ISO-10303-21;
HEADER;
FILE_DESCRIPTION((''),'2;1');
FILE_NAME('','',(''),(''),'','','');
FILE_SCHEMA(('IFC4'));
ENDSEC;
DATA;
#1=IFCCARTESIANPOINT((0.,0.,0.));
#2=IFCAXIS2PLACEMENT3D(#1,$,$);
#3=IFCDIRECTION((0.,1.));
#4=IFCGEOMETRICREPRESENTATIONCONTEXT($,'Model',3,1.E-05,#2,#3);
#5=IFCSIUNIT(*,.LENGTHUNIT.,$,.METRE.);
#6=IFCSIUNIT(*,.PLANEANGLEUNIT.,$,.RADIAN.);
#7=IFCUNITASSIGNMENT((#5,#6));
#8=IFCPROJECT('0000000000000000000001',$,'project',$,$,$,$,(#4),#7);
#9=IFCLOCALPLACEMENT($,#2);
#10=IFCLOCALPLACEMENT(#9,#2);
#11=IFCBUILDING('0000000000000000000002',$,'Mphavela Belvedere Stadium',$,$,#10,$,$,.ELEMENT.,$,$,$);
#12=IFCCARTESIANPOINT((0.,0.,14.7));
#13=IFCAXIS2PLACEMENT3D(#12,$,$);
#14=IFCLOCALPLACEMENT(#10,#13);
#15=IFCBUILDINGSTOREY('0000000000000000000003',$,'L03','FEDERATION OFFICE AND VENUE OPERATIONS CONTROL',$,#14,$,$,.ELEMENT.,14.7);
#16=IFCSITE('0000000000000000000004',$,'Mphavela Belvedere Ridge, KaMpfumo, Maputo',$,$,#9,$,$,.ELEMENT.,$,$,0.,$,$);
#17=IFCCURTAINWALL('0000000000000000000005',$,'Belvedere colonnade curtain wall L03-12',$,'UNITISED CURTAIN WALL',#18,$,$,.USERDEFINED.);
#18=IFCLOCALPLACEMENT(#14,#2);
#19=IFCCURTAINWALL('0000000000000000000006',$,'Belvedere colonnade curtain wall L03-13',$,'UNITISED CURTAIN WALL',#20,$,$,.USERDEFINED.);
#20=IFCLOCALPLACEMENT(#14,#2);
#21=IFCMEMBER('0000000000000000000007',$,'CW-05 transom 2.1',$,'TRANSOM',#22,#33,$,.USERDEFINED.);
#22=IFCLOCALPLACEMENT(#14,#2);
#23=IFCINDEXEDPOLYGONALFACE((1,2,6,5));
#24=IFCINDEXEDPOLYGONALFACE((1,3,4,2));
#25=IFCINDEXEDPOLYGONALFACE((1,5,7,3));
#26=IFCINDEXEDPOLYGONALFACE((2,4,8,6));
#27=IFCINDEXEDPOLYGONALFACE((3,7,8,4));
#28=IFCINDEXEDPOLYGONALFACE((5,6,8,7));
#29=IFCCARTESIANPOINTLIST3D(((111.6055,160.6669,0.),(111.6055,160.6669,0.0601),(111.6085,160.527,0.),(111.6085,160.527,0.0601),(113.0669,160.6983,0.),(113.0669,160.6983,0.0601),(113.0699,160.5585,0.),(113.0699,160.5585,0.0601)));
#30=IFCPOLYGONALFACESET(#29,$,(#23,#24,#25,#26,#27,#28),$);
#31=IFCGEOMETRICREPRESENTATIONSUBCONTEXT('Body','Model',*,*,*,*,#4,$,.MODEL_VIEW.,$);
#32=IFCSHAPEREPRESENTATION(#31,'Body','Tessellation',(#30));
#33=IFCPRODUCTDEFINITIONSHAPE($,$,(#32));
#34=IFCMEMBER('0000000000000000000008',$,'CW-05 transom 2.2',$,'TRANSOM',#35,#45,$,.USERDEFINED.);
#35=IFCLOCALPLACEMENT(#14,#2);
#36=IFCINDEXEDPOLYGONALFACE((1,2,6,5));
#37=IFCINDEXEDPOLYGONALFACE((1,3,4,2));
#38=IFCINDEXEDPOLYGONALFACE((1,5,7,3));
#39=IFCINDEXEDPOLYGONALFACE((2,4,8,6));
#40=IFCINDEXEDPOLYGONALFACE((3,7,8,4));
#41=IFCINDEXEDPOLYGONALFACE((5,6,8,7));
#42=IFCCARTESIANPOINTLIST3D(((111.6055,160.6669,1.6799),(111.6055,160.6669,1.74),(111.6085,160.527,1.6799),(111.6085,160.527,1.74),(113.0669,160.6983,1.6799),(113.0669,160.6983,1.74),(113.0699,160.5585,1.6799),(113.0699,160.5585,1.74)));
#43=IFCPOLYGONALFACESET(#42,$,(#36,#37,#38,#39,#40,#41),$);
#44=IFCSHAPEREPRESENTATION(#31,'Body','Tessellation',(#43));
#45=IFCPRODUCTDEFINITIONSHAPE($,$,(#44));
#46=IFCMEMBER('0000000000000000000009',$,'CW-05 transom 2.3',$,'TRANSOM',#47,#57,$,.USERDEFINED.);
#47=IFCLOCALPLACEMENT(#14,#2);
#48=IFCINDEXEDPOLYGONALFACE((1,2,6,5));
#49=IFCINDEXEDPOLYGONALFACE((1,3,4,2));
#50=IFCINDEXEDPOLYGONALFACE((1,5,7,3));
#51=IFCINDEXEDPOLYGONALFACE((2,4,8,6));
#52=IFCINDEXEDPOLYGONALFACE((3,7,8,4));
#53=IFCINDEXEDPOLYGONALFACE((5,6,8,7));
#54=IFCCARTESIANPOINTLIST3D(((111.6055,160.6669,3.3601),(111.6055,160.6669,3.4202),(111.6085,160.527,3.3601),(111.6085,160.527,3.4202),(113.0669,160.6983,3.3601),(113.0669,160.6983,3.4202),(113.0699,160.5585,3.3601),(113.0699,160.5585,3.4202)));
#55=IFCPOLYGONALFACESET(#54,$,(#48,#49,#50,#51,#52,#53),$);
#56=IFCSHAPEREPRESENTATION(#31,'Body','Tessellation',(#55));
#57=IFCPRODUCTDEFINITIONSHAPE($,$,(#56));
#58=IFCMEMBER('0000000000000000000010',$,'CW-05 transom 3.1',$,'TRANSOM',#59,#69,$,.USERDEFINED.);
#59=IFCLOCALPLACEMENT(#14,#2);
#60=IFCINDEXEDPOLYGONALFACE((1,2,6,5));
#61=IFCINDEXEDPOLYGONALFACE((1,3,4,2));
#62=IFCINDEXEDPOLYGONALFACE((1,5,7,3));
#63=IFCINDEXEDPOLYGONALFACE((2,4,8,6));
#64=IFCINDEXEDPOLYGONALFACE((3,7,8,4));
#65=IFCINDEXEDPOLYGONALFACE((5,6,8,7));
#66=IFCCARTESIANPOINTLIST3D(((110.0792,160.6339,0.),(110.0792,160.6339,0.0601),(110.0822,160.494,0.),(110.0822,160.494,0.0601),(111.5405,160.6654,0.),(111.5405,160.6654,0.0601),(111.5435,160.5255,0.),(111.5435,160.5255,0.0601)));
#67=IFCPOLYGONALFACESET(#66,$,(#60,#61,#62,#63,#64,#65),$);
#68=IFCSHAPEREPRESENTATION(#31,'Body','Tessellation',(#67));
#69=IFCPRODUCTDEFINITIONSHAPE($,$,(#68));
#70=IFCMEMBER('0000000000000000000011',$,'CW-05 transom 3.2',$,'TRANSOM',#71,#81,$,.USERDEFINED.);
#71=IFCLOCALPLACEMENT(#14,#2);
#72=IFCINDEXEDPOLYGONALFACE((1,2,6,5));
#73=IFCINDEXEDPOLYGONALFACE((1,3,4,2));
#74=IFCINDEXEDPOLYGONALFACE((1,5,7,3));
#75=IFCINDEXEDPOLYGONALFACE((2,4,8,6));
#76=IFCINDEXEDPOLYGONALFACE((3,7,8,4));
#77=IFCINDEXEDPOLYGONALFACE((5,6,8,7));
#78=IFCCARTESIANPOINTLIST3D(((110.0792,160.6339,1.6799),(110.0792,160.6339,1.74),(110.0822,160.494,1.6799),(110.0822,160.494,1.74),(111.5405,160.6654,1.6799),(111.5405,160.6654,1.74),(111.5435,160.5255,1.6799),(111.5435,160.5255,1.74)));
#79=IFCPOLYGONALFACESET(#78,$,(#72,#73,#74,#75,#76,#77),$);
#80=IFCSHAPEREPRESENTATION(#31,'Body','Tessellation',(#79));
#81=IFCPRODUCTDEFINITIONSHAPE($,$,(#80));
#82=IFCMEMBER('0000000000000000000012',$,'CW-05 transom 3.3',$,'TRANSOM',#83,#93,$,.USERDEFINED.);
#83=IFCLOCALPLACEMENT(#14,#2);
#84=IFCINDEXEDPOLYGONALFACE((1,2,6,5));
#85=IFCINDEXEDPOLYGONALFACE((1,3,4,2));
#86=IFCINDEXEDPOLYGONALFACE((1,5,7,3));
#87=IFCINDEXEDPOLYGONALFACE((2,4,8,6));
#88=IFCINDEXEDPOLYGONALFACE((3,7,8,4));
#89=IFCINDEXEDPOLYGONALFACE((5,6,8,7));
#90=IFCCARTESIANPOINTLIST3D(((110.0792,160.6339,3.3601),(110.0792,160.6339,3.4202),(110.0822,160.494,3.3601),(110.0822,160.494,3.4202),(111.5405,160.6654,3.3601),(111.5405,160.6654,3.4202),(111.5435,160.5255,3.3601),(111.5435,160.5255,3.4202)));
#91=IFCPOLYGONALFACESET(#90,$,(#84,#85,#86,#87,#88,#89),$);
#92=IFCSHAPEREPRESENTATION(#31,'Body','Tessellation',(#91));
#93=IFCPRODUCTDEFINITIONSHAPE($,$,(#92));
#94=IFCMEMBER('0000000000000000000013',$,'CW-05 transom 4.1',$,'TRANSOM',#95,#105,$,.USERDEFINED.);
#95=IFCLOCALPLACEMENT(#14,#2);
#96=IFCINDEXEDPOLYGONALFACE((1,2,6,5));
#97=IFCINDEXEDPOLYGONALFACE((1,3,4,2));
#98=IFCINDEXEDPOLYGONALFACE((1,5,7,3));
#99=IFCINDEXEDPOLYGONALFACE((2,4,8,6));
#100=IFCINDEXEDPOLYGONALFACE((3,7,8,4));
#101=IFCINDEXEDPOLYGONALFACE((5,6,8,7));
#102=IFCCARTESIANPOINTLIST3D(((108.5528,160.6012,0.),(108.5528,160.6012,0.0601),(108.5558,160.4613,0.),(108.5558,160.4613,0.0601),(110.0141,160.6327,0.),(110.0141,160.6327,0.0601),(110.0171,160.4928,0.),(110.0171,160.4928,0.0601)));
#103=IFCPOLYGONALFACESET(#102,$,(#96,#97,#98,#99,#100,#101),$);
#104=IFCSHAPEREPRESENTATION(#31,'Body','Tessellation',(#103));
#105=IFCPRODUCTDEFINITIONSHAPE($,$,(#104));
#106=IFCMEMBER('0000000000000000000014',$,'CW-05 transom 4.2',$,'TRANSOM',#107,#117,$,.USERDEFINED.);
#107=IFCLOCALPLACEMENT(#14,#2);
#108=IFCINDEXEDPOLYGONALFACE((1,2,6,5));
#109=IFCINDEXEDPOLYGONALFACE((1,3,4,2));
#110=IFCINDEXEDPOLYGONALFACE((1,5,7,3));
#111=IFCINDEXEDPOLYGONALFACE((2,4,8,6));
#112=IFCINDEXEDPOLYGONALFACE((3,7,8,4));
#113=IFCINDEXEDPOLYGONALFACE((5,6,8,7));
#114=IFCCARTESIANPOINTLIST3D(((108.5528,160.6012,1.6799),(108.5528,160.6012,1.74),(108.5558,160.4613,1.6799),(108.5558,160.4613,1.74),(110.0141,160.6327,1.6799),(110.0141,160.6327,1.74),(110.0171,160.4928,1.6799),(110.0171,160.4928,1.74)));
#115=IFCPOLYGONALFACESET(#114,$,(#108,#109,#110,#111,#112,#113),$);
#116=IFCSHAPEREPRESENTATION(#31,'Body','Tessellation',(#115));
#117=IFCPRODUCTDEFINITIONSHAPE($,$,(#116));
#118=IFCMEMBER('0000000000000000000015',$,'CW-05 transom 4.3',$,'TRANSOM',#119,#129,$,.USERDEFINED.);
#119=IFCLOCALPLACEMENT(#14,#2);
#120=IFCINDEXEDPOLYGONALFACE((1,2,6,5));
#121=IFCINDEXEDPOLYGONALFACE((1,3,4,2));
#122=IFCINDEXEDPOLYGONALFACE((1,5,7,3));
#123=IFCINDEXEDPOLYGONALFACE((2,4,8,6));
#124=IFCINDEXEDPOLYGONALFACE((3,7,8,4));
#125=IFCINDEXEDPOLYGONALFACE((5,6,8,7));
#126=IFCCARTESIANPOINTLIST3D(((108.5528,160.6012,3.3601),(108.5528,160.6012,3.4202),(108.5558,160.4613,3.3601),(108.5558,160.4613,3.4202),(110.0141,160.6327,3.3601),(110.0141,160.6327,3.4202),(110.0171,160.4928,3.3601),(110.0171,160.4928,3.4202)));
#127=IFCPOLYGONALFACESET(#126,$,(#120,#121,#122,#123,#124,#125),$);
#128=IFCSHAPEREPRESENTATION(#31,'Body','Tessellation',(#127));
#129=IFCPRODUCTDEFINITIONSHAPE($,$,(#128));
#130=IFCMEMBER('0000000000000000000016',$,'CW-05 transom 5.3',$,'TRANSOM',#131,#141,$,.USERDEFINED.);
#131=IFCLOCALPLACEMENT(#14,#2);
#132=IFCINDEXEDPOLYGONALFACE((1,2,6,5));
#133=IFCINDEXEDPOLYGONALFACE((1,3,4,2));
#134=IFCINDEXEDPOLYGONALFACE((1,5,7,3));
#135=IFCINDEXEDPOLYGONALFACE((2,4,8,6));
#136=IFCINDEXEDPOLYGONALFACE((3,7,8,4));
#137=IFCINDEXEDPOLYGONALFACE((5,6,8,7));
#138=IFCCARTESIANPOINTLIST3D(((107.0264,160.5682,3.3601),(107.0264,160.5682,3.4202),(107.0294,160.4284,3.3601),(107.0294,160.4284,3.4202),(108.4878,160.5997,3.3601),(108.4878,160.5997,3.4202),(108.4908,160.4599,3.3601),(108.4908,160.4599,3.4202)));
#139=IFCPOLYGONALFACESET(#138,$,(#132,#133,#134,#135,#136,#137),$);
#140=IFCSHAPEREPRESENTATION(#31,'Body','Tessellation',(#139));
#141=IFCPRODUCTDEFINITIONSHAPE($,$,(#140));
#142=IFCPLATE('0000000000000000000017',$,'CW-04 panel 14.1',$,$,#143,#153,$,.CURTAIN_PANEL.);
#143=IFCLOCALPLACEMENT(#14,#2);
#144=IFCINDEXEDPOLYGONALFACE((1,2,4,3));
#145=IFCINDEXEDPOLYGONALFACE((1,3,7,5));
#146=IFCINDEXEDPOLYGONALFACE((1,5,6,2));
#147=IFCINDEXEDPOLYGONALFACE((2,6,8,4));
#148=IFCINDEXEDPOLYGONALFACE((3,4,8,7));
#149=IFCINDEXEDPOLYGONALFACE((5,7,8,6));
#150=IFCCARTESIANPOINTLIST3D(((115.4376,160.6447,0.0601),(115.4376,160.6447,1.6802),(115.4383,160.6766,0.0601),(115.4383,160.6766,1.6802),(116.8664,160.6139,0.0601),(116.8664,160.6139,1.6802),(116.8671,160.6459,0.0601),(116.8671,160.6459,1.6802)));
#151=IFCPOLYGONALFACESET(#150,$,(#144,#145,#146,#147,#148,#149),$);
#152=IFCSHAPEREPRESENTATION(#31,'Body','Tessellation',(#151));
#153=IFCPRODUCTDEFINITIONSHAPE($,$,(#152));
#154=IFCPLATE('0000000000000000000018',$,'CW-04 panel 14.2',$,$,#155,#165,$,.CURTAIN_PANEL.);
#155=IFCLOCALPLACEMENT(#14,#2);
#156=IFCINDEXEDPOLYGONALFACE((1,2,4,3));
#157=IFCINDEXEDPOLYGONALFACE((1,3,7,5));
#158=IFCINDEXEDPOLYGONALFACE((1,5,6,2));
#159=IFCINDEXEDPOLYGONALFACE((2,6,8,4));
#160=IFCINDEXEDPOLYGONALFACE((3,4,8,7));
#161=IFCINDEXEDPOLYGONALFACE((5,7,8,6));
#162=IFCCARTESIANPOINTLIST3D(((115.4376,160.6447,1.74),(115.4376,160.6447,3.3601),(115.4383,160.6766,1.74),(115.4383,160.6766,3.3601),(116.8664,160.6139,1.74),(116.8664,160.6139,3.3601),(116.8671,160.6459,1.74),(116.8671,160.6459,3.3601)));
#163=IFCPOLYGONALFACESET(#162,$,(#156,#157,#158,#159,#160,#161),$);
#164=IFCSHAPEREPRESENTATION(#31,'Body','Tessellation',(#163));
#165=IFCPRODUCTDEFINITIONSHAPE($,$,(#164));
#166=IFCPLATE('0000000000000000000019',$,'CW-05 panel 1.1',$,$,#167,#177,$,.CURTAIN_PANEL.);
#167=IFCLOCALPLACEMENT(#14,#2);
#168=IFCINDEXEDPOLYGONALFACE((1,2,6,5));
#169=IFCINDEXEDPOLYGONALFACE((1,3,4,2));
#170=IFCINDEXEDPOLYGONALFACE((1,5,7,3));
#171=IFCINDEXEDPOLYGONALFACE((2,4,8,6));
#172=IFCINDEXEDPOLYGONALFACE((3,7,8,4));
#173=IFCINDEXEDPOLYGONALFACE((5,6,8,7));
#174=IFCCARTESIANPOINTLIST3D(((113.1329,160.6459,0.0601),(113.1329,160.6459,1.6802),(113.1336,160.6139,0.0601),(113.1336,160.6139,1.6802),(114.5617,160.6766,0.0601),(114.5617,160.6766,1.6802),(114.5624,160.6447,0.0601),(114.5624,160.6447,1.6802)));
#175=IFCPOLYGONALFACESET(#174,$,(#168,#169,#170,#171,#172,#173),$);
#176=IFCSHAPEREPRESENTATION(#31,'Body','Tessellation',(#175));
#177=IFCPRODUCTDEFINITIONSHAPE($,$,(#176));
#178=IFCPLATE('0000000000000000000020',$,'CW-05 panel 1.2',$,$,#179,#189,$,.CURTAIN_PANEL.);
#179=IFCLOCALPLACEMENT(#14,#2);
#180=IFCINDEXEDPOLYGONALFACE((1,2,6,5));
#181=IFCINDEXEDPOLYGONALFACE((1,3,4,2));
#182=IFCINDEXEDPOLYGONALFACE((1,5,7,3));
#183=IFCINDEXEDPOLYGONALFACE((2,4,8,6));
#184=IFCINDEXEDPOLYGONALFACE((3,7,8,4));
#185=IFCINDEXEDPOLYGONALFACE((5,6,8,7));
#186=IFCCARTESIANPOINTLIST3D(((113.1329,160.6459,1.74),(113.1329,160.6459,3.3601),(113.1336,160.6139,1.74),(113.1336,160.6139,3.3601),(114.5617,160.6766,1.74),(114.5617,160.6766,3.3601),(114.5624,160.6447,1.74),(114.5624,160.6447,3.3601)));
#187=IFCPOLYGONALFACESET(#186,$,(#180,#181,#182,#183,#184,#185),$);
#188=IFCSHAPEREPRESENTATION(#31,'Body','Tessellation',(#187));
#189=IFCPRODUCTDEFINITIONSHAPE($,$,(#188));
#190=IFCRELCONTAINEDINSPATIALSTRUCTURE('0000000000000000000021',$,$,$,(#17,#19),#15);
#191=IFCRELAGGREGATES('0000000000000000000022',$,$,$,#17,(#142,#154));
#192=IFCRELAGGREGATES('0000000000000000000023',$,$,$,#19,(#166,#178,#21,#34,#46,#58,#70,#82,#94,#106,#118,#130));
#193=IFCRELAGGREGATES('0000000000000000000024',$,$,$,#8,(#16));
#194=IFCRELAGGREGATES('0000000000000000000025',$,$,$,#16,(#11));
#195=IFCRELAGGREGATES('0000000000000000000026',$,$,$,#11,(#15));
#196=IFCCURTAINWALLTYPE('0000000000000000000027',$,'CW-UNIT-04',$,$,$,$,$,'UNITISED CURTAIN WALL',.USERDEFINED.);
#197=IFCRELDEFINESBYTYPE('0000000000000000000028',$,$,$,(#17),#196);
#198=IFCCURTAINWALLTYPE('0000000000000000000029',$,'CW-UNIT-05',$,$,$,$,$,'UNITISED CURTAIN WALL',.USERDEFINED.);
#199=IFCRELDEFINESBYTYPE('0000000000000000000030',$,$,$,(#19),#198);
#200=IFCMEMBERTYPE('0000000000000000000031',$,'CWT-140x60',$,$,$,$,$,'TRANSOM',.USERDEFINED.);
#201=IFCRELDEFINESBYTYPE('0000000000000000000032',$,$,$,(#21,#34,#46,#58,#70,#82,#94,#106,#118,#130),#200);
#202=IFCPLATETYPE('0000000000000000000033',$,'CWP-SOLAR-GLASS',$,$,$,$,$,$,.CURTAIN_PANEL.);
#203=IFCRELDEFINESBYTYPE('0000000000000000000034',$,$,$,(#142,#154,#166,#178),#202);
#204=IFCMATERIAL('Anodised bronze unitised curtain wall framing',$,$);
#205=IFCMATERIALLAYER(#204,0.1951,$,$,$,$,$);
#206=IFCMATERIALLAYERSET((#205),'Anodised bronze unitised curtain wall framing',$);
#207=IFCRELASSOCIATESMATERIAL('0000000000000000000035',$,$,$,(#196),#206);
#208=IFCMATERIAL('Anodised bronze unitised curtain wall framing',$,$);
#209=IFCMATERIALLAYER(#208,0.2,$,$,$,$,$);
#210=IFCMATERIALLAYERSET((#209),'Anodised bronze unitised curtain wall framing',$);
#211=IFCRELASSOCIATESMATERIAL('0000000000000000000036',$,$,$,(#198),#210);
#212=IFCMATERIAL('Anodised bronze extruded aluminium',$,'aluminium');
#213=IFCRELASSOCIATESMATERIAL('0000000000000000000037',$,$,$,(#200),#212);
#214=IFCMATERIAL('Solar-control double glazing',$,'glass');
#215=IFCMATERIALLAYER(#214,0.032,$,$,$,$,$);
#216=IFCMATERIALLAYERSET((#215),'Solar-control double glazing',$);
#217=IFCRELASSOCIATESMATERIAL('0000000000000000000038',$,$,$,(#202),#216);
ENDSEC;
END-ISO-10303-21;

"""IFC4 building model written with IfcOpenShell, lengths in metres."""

from ifc_helpers import new_model, si_unit, direction, frame, origin, origin_2d, place, context, subcontext, project, spatial, rectangle, extrude, material, layer, layer_set, material_profile, profile_set, type_object, element, aggregate, save


model = new_model("IFC4")

# Units and contexts
model_context = context("Model", 3, precision=1e-05, world=origin(), true_north=direction((0.0, 1.0)))
body_context = subcontext(model_context, "Body", "Model", "MODEL_VIEW")
ifc_project = project(units=[si_unit("LENGTHUNIT", "METRE"), si_unit("PLANEANGLEUNIT", "RADIAN")], contexts=[model_context])

# Site, building, storey
site_placement = place(None, origin())
site = spatial("IfcSite", under=ifc_project, at=site_placement, Name="Mphavela Belvedere Ridge, KaMpfumo, Maputo", CompositionType="ELEMENT", RefElevation=0.0)
building_placement = place(site_placement, origin())
building = spatial("IfcBuilding", under=site, at=building_placement, Name="Mphavela Belvedere Stadium", CompositionType="ELEMENT")
storey_placement = place(building_placement, frame((0.0, 0.0, 14.7)))
storey = spatial("IfcBuildingStorey", under=building, at=storey_placement, Name="L03", Description="FEDERATION OFFICE AND VENUE OPERATIONS CONTROL", CompositionType="ELEMENT", Elevation=14.7)

# Curtain wall
ifc_material_1 = material(Name="Anodised bronze unitised curtain wall framing")
ifc_layer_1 = layer(ifc_material_1, 0.1951)
ifc_layer_set_1 = layer_set([ifc_layer_1], Name="Anodised bronze unitised curtain wall framing")
curtain_wall_type_1 = type_object("IfcCurtainWallType", Name="CW-UNIT-04", ElementType="UNITISED CURTAIN WALL", PredefinedType="USERDEFINED", material=ifc_layer_set_1)
curtain_wall_1_placement = place(storey_placement, origin())
curtain_wall_1 = element("IfcCurtainWall", 1, at=curtain_wall_1_placement, inside=storey, type_object=curtain_wall_type_1, Name="Belvedere colonnade curtain wall L03-12", ObjectType="UNITISED CURTAIN WALL", PredefinedType="USERDEFINED")

# Curtain wall, members
ifc_material_2 = material(Name="Anodised bronze unitised curtain wall framing")
ifc_layer_2 = layer(ifc_material_2, 0.2)
ifc_layer_set_2 = layer_set([ifc_layer_2], Name="Anodised bronze unitised curtain wall framing")
curtain_wall_type_2 = type_object("IfcCurtainWallType", Name="CW-UNIT-05", ElementType="UNITISED CURTAIN WALL", PredefinedType="USERDEFINED", material=ifc_layer_set_2)
curtain_wall_2_placement = place(storey_placement, origin())
curtain_wall_2 = element("IfcCurtainWall", 2, at=curtain_wall_2_placement, inside=storey, type_object=curtain_wall_type_2, Name="Belvedere colonnade curtain wall L03-13", ObjectType="UNITISED CURTAIN WALL", PredefinedType="USERDEFINED")
ifc_material_3 = material(Name="Anodised bronze extruded aluminium", Category="aluminium")
ifc_material_profile_1 = material_profile(ifc_material_3, rectangle(XDim=0.1399, YDim=0.0601, at=origin_2d()), Name="CW-TRN 140x60")
ifc_profile_set_1 = profile_set([ifc_material_profile_1], Name="Anodised bronze extruded aluminium")
member_type_1 = type_object("IfcMemberType", Name="CWT-140x60", ElementType="TRANSOM", PredefinedType="USERDEFINED", material=ifc_profile_set_1)
member_1_placement = place(storey_placement, frame((113.0684, 160.6284, 0.03), z_axis=(-0.999768, -0.021545, 0.0), x_axis=(0.021545, -0.999768, 0.0)))
member_1 = element("IfcMember", 3, at=member_1_placement, type_object=member_type_1, Name="CW-05 transom 2.1", ObjectType="TRANSOM", PredefinedType="USERDEFINED", context=body_context, shape_type="SweptSolid", body=[
    extrude(rectangle(XDim=0.1399, YDim=0.0601, at=origin_2d()), origin(), (0.0, 0.0, 1.0), 1.4617),
])
member_2_placement = place(storey_placement, frame((113.0684, 160.6284, 1.71), z_axis=(-0.999768, -0.021545, 0.0), x_axis=(0.021545, -0.999768, 0.0)))
member_2 = element("IfcMember", 4, at=member_2_placement, type_object=member_type_1, Name="CW-05 transom 2.2", ObjectType="TRANSOM", PredefinedType="USERDEFINED", context=body_context, shape_type="SweptSolid", body=[
    extrude(rectangle(XDim=0.1399, YDim=0.0601, at=origin_2d()), origin(), (0.0, 0.0, 1.0), 1.4617),
])
member_3_placement = place(storey_placement, frame((113.0684, 160.6284, 3.3901), z_axis=(-0.999768, -0.021545, 0.0), x_axis=(0.021545, -0.999768, 0.0)))
member_3 = element("IfcMember", 5, at=member_3_placement, type_object=member_type_1, Name="CW-05 transom 2.3", ObjectType="TRANSOM", PredefinedType="USERDEFINED", context=body_context, shape_type="SweptSolid", body=[
    extrude(rectangle(XDim=0.1399, YDim=0.0601, at=origin_2d()), origin(), (0.0, 0.0, 1.0), 1.4617),
])
member_4_placement = place(storey_placement, frame((111.542, 160.5955, 0.03), z_axis=(-0.999768, -0.021545, 0.0), x_axis=(0.021545, -0.999768, 0.0)))
member_4 = element("IfcMember", 6, at=member_4_placement, type_object=member_type_1, Name="CW-05 transom 3.1", ObjectType="TRANSOM", PredefinedType="USERDEFINED", context=body_context, shape_type="SweptSolid", body=[
    extrude(rectangle(XDim=0.1399, YDim=0.0601, at=origin_2d()), origin(), (0.0, 0.0, 1.0), 1.4617),
])
member_5_placement = place(storey_placement, frame((111.542, 160.5955, 1.71), z_axis=(-0.999768, -0.021545, 0.0), x_axis=(0.021545, -0.999768, 0.0)))
member_5 = element("IfcMember", 7, at=member_5_placement, type_object=member_type_1, Name="CW-05 transom 3.2", ObjectType="TRANSOM", PredefinedType="USERDEFINED", context=body_context, shape_type="SweptSolid", body=[
    extrude(rectangle(XDim=0.1399, YDim=0.0601, at=origin_2d()), origin(), (0.0, 0.0, 1.0), 1.4617),
])
member_6_placement = place(storey_placement, frame((111.542, 160.5955, 3.3901), z_axis=(-0.999768, -0.021545, 0.0), x_axis=(0.021545, -0.999768, 0.0)))
member_6 = element("IfcMember", 8, at=member_6_placement, type_object=member_type_1, Name="CW-05 transom 3.3", ObjectType="TRANSOM", PredefinedType="USERDEFINED", context=body_context, shape_type="SweptSolid", body=[
    extrude(rectangle(XDim=0.1399, YDim=0.0601, at=origin_2d()), origin(), (0.0, 0.0, 1.0), 1.4617),
])
member_7_placement = place(storey_placement, frame((110.0156, 160.5627, 0.03), z_axis=(-0.999768, -0.021545, 0.0), x_axis=(0.021545, -0.999768, 0.0)))
member_7 = element("IfcMember", 9, at=member_7_placement, type_object=member_type_1, Name="CW-05 transom 4.1", ObjectType="TRANSOM", PredefinedType="USERDEFINED", context=body_context, shape_type="SweptSolid", body=[
    extrude(rectangle(XDim=0.1399, YDim=0.0601, at=origin_2d()), origin(), (0.0, 0.0, 1.0), 1.4617),
])
member_8_placement = place(storey_placement, frame((110.0156, 160.5627, 1.71), z_axis=(-0.999768, -0.021545, 0.0), x_axis=(0.021545, -0.999768, 0.0)))
member_8 = element("IfcMember", 10, at=member_8_placement, type_object=member_type_1, Name="CW-05 transom 4.2", ObjectType="TRANSOM", PredefinedType="USERDEFINED", context=body_context, shape_type="SweptSolid", body=[
    extrude(rectangle(XDim=0.1399, YDim=0.0601, at=origin_2d()), origin(), (0.0, 0.0, 1.0), 1.4617),
])
member_9_placement = place(storey_placement, frame((110.0156, 160.5627, 3.3901), z_axis=(-0.999768, -0.021545, 0.0), x_axis=(0.021545, -0.999768, 0.0)))
member_9 = element("IfcMember", 11, at=member_9_placement, type_object=member_type_1, Name="CW-05 transom 4.3", ObjectType="TRANSOM", PredefinedType="USERDEFINED", context=body_context, shape_type="SweptSolid", body=[
    extrude(rectangle(XDim=0.1399, YDim=0.0601, at=origin_2d()), origin(), (0.0, 0.0, 1.0), 1.4617),
])
member_10_placement = place(storey_placement, frame((108.4893, 160.5298, 3.3901), z_axis=(-0.999768, -0.021545, 0.0), x_axis=(0.021545, -0.999768, 0.0)))
member_10 = element("IfcMember", 12, at=member_10_placement, type_object=member_type_1, Name="CW-05 transom 5.3", ObjectType="TRANSOM", PredefinedType="USERDEFINED", context=body_context, shape_type="SweptSolid", body=[
    extrude(rectangle(XDim=0.1399, YDim=0.0601, at=origin_2d()), origin(), (0.0, 0.0, 1.0), 1.4617),
])

# Plates
ifc_material_4 = material(Name="Solar-control double glazing", Category="glass")
ifc_layer_3 = layer(ifc_material_4, 0.032)
ifc_layer_set_3 = layer_set([ifc_layer_3], Name="Solar-control double glazing")
plate_type = type_object("IfcPlateType", Name="CWP-SOLAR-GLASS", PredefinedType="CURTAIN_PANEL", material=ifc_layer_set_3)
plate_1_placement = place(storey_placement, frame((116.1523, 160.6453, 0.0601), z_axis=(0.0, 0.0, 1.0), x_axis=(-0.999768, 0.021531, 0.0)))
plate_1 = element("IfcPlate", 13, at=plate_1_placement, type_object=plate_type, Name="CW-04 panel 14.1", PredefinedType="CURTAIN_PANEL", context=body_context, shape_type="SweptSolid", body=[
    extrude(rectangle(XDim=1.4292, YDim=0.032, at=origin_2d()), origin(), (0.0, 0.0, 1.0), 1.6201),
])
plate_2_placement = place(storey_placement, frame((116.1523, 160.6453, 1.74), z_axis=(0.0, 0.0, 1.0), x_axis=(-0.999768, 0.021531, 0.0)))
plate_2 = element("IfcPlate", 14, at=plate_2_placement, type_object=plate_type, Name="CW-04 panel 14.2", PredefinedType="CURTAIN_PANEL", context=body_context, shape_type="SweptSolid", body=[
    extrude(rectangle(XDim=1.4292, YDim=0.032, at=origin_2d()), origin(), (0.0, 0.0, 1.0), 1.6201),
])
aggregate(curtain_wall_1, [plate_1, plate_2])
plate_3_placement = place(storey_placement, frame((113.8477, 160.6453, 0.0601), z_axis=(0.0, 0.0, 1.0), x_axis=(-0.999768, -0.021531, 0.0)))
plate_3 = element("IfcPlate", 15, at=plate_3_placement, type_object=plate_type, Name="CW-05 panel 1.1", PredefinedType="CURTAIN_PANEL", context=body_context, shape_type="SweptSolid", body=[
    extrude(rectangle(XDim=1.4292, YDim=0.032, at=origin_2d()), origin(), (0.0, 0.0, 1.0), 1.6201),
])
plate_4_placement = place(storey_placement, frame((113.8477, 160.6453, 1.74), z_axis=(0.0, 0.0, 1.0), x_axis=(-0.999768, -0.021531, 0.0)))
plate_4 = element("IfcPlate", 16, at=plate_4_placement, type_object=plate_type, Name="CW-05 panel 1.2", PredefinedType="CURTAIN_PANEL", context=body_context, shape_type="SweptSolid", body=[
    extrude(rectangle(XDim=1.4292, YDim=0.032, at=origin_2d()), origin(), (0.0, 0.0, 1.0), 1.6201),
])
aggregate(curtain_wall_2, [plate_3, plate_4, member_1, member_2, member_3, member_4, member_5, member_6, member_7, member_8, member_9, member_10])

save(model, "model.ifc")
